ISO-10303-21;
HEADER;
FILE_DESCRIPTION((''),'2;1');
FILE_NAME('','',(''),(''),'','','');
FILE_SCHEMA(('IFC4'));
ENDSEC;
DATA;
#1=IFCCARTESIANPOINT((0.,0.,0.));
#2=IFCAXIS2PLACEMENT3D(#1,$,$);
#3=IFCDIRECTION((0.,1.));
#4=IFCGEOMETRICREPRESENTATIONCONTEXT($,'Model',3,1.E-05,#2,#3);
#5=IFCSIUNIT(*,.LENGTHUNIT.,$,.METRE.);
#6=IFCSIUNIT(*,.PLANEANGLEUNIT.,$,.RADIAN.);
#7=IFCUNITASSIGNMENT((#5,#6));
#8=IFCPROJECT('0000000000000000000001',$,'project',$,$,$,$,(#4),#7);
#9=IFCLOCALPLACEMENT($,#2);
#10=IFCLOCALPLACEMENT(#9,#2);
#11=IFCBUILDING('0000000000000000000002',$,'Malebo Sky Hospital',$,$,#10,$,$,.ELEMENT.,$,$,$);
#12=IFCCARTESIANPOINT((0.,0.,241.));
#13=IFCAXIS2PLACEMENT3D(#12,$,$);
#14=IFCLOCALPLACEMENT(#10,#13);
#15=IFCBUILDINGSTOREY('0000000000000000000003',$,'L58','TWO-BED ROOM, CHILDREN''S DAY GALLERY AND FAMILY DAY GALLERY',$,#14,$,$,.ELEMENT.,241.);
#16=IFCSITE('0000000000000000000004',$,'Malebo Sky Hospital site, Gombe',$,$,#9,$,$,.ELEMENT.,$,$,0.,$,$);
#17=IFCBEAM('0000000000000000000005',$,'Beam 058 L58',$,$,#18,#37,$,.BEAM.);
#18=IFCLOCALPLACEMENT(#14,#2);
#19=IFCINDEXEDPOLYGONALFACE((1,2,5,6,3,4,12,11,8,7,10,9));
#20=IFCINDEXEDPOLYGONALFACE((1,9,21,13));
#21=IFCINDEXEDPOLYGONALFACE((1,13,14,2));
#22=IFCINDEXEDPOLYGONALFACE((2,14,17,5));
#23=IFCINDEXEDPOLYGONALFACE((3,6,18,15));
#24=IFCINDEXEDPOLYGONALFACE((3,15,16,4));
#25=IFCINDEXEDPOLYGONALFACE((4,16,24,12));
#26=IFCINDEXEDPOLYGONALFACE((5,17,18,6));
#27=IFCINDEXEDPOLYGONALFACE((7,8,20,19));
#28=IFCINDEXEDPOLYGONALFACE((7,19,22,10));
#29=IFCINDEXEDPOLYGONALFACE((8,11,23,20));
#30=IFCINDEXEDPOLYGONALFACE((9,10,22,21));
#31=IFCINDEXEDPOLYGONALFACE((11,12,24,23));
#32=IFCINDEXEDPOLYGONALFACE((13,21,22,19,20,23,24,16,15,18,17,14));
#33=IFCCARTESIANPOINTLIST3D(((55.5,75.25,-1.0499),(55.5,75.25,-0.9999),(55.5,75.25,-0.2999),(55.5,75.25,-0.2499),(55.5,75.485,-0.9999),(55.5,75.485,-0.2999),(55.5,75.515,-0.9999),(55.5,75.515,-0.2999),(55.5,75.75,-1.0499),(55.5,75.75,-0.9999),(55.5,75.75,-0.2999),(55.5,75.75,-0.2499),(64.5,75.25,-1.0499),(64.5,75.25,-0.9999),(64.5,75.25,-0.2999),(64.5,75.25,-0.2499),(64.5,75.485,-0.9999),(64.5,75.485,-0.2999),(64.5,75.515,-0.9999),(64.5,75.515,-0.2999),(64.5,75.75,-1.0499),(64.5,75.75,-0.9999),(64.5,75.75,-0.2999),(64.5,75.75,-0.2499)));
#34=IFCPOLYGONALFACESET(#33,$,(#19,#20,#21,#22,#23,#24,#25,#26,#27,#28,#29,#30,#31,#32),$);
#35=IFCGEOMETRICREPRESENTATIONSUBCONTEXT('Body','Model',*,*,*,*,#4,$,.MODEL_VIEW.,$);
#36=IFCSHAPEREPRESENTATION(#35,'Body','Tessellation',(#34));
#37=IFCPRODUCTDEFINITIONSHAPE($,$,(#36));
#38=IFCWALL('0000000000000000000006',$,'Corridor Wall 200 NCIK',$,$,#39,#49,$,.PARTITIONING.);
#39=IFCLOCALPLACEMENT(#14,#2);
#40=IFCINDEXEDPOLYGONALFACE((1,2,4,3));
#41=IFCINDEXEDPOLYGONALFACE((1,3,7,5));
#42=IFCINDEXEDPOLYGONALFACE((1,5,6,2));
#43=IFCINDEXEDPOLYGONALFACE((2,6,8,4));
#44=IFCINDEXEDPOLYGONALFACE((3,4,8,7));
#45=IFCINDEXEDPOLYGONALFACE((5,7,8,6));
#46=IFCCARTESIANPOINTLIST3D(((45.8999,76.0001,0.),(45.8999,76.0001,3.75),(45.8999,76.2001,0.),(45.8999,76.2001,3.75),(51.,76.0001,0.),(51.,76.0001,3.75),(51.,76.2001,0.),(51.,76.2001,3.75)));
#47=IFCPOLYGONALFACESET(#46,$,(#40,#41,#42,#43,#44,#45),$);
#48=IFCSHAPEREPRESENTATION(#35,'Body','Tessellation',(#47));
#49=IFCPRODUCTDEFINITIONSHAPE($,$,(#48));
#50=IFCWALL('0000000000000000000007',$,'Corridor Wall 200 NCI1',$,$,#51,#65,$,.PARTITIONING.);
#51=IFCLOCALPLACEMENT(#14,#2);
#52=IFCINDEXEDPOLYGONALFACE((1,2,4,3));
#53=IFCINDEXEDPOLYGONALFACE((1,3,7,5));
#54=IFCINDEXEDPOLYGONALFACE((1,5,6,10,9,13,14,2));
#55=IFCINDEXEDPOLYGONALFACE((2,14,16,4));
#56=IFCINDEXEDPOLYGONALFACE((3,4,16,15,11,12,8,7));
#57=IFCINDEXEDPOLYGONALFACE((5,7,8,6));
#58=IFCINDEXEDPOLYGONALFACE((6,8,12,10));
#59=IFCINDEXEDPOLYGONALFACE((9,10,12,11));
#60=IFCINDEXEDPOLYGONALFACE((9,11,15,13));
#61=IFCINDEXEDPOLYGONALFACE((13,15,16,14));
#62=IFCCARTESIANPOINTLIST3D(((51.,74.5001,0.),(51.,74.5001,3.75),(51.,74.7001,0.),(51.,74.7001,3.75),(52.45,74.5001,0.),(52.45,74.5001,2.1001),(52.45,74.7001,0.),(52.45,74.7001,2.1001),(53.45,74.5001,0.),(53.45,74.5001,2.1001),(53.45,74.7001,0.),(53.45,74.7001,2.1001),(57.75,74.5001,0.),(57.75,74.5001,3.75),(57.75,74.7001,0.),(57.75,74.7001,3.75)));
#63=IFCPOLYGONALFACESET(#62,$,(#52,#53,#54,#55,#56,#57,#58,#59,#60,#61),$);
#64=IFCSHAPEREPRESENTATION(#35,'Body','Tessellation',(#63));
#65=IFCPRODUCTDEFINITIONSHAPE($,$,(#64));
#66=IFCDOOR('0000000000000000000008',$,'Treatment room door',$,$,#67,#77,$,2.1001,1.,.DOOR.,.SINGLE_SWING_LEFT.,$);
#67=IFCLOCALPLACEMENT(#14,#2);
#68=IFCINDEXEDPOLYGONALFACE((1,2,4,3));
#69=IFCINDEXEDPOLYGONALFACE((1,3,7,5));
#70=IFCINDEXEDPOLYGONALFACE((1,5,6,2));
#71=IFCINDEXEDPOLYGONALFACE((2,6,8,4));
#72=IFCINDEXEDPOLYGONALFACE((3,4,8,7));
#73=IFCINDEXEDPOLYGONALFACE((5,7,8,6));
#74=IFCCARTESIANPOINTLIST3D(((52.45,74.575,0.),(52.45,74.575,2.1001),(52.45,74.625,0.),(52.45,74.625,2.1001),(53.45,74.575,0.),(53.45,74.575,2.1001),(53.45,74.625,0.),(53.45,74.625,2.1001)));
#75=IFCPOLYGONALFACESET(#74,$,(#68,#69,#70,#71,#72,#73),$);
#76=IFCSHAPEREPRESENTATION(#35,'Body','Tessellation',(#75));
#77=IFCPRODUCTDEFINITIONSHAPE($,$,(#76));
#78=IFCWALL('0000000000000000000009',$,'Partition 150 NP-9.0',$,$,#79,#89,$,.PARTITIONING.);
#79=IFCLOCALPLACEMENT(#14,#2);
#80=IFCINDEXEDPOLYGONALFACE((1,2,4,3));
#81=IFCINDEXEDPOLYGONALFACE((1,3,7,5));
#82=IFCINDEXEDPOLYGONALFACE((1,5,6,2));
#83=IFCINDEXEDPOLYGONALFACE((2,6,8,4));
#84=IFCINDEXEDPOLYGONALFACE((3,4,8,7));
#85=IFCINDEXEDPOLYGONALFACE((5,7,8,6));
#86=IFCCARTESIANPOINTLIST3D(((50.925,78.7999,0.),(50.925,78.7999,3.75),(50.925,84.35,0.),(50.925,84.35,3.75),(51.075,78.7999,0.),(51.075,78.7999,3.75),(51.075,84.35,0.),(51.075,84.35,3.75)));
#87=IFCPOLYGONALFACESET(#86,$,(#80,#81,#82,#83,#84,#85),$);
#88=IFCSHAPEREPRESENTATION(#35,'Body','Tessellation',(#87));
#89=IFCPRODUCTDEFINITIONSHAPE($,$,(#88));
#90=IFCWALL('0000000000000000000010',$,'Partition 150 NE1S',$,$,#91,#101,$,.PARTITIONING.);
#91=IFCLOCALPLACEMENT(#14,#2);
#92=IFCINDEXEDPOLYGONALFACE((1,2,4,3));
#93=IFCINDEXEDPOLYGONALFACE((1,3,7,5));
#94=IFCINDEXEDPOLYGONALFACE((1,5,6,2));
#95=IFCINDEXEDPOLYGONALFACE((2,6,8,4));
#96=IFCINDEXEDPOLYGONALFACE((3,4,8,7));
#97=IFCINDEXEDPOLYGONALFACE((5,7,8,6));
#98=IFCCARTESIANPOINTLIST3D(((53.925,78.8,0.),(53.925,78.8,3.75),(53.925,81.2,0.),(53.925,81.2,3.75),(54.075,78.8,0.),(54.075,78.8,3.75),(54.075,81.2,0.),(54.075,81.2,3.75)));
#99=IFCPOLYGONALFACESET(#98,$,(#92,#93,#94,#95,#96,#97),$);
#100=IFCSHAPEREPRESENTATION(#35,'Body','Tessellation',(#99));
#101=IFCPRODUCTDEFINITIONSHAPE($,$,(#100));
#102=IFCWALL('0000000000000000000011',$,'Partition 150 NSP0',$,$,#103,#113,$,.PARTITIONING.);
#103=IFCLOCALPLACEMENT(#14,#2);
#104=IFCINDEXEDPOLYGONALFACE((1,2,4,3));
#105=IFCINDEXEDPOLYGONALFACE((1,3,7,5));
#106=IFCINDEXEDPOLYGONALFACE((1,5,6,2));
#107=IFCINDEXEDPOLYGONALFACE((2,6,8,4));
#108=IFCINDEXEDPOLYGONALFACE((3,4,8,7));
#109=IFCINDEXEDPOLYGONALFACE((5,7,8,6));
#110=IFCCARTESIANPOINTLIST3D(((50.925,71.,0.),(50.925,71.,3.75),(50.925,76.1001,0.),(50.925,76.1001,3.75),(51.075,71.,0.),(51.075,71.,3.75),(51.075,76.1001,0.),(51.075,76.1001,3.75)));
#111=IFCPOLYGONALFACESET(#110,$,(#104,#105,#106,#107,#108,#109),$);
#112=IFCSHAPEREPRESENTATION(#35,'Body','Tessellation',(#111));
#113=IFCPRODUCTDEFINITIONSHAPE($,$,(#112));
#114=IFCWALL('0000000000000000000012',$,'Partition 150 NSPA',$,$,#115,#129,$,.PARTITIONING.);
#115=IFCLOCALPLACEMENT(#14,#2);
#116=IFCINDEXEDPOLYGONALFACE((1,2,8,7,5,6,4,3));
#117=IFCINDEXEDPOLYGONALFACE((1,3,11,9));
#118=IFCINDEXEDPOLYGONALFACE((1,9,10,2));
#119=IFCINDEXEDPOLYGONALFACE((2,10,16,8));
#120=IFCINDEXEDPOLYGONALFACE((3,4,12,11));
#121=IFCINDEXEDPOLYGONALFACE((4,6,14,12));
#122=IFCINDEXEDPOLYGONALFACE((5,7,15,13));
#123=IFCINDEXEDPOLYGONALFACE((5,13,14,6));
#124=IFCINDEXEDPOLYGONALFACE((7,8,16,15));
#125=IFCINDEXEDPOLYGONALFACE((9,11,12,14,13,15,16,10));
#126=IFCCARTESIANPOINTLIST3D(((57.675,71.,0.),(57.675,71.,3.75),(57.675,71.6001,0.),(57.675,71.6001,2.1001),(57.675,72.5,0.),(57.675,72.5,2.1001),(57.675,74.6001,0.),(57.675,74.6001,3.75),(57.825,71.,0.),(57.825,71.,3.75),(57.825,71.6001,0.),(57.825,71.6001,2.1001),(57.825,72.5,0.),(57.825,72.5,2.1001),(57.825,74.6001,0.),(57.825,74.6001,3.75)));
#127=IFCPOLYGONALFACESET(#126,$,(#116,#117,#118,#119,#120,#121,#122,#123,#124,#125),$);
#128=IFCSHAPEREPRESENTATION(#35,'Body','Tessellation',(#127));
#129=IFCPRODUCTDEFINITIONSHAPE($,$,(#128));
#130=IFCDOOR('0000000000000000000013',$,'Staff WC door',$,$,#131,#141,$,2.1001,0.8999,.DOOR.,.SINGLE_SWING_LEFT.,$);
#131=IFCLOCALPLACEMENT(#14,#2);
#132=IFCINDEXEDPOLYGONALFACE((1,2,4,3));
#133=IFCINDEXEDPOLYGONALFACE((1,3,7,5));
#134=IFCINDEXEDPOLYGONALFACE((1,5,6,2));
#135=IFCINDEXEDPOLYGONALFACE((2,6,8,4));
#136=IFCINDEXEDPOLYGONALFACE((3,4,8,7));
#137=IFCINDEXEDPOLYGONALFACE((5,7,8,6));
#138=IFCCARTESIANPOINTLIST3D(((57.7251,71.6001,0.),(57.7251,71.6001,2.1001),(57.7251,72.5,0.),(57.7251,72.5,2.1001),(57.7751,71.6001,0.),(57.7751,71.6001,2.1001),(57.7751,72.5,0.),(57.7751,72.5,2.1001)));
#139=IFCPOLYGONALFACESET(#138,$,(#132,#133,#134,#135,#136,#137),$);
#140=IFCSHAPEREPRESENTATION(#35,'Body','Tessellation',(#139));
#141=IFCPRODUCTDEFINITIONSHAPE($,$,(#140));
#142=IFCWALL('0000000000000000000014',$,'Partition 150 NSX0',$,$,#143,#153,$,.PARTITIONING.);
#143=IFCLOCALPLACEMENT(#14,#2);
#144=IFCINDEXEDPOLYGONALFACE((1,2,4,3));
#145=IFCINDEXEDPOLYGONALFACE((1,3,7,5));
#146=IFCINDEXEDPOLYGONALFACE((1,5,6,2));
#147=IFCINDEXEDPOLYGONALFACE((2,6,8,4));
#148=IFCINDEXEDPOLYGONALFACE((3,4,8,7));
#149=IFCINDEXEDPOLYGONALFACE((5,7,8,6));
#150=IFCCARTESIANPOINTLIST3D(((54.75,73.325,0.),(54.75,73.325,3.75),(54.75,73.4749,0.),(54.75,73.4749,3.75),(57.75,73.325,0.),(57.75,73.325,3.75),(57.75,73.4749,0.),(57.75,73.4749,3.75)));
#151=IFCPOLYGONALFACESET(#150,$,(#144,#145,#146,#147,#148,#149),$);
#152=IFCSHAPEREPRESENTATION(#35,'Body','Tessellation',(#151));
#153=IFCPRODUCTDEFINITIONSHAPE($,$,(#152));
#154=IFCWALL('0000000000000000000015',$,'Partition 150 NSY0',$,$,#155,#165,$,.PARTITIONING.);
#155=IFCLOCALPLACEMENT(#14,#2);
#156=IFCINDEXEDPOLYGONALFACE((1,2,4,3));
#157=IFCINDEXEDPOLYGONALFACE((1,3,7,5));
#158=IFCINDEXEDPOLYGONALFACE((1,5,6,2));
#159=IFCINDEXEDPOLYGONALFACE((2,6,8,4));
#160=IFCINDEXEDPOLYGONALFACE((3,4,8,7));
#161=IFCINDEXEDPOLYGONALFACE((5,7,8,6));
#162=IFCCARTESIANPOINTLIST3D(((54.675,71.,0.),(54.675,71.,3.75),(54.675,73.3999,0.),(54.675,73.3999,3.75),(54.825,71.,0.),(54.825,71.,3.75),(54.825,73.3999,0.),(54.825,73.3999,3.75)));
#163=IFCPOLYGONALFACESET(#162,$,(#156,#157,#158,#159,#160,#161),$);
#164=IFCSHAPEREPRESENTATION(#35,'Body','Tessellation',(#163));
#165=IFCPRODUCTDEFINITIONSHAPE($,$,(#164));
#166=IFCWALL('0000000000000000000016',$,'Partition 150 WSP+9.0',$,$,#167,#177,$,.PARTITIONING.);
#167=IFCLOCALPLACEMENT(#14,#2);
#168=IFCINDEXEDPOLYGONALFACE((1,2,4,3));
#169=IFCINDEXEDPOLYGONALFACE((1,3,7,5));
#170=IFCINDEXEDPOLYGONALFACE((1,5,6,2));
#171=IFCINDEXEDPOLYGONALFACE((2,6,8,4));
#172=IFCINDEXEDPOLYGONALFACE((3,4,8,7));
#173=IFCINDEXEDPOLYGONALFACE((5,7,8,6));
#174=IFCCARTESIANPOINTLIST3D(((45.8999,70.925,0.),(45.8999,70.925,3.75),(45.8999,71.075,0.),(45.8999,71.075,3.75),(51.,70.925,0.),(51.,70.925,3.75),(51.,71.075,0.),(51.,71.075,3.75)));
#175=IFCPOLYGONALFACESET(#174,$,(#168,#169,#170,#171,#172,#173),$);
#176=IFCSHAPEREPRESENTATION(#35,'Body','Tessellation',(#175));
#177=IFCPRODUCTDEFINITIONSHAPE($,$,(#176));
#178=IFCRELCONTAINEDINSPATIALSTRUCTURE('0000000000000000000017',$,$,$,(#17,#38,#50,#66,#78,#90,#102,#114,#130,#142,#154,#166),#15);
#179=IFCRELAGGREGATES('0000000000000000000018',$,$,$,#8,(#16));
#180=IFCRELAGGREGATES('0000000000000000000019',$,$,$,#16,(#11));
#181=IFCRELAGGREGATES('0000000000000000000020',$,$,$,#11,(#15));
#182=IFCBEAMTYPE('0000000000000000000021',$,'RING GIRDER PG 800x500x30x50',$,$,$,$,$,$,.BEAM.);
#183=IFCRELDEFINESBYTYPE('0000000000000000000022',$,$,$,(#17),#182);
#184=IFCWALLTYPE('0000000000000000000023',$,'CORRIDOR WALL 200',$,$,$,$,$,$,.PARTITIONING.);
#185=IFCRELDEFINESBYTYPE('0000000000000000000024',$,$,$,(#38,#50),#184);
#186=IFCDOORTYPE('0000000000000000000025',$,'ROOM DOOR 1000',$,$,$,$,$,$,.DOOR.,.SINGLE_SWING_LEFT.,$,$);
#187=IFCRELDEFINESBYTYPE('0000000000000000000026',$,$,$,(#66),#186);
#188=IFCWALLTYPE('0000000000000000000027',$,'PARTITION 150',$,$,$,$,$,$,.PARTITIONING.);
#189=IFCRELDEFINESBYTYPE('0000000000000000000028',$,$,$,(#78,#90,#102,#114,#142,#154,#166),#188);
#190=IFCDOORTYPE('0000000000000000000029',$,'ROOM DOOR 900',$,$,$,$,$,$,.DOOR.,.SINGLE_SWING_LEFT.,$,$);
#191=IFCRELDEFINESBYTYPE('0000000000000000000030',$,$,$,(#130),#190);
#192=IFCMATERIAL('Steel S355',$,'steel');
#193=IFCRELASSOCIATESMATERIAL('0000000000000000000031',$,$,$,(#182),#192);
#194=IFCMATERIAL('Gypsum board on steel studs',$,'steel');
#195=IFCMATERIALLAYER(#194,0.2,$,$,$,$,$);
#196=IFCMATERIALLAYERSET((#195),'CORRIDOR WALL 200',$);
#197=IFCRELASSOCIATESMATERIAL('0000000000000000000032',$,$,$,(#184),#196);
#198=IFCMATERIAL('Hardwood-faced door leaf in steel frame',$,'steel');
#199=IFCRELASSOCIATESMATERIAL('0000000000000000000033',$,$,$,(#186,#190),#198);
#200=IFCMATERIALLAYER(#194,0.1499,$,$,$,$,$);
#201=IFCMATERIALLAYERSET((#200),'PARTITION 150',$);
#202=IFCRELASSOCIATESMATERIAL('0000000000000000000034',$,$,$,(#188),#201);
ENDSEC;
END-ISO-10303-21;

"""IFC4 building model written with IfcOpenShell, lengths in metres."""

from ifc_helpers import new_model, si_unit, direction, frame, frame_2d, origin, origin_2d, place, context, subcontext, project, spatial, rectangle, i_section, extrude, material, layer, layer_set, material_profile, profile_set, type_object, element, fill, save


model = new_model("IFC4")

# Units and contexts
model_context = context("Model", 3, precision=1e-05, world=origin(), true_north=direction((0.0, 1.0)))
body_context = subcontext(model_context, "Body", "Model", "MODEL_VIEW")
ifc_project = project(units=[si_unit("LENGTHUNIT", "METRE"), si_unit("PLANEANGLEUNIT", "RADIAN")], contexts=[model_context])

# Site, building, storey
site_placement = place(None, origin())
site = spatial("IfcSite", under=ifc_project, at=site_placement, Name="Malebo Sky Hospital site, Gombe", CompositionType="ELEMENT", RefElevation=0.0)
building_placement = place(site_placement, origin())
building = spatial("IfcBuilding", under=site, at=building_placement, Name="Malebo Sky Hospital", CompositionType="ELEMENT")
storey_placement = place(building_placement, frame((0.0, 0.0, 241.0)))
storey = spatial("IfcBuildingStorey", under=building, at=storey_placement, Name="L58", Description="TWO-BED ROOM, CHILDREN'S DAY GALLERY AND FAMILY DAY GALLERY", CompositionType="ELEMENT", Elevation=241.0)

# Beam
ifc_material_1 = material(Name="Steel S355", Category="steel")
ifc_material_profile_1 = material_profile(ifc_material_1, i_section(OverallWidth=0.5, OverallDepth=0.8, WebThickness=0.03, FlangeThickness=0.05, at=origin_2d()), Name="PG 800x500x30x50")
ifc_profile_set_1 = profile_set([ifc_material_profile_1], Name="Steel S355")
beam_type_1 = type_object("IfcBeamType", Name="RING GIRDER PG 800x500x30x50", PredefinedType="BEAM", material=ifc_profile_set_1)
beam_1_placement = place(storey_placement, frame((55.5, 75.5, -0.6499), z_axis=(1.0, 0.0, 0.0), x_axis=(0.0, 1.0, 0.0)))
element("IfcBeam", 1, at=beam_1_placement, inside=storey, type_object=beam_type_1, Name="Beam 058 L58", PredefinedType="BEAM", context=body_context, shape_type="SweptSolid", body=[
    extrude(i_section(OverallWidth=0.5, OverallDepth=0.8, WebThickness=0.03, FlangeThickness=0.05, at=origin_2d()), origin(), (0.0, 0.0, 1.0), 9.0),
])

# Wall
ifc_material_2 = material(Name="Gypsum board on steel studs", Category="steel")
ifc_layer_1 = layer(ifc_material_2, 0.2)
ifc_layer_set_1 = layer_set([ifc_layer_1], Name="CORRIDOR WALL 200")
wall_type_1 = type_object("IfcWallType", Name="CORRIDOR WALL 200", PredefinedType="PARTITIONING", material=ifc_layer_set_1)
wall_1_placement = place(storey_placement, frame((45.8999, 76.1001, 0.0), z_axis=(0.0, 0.0, 1.0), x_axis=(1.0, 0.0, 0.0)))
element("IfcWall", 2, at=wall_1_placement, inside=storey, type_object=wall_type_1, Name="Corridor Wall 200 NCIK", PredefinedType="PARTITIONING", context=body_context, shape_type="SweptSolid", body=[
    extrude(rectangle(XDim=5.1001, YDim=0.2, at=frame_2d((2.55, 0.0))), origin(), (0.0, 0.0, 1.0), 3.75),
])

# Wall, opening, door
wall_2_placement = place(storey_placement, frame((51.0, 74.6001, 0.0), z_axis=(0.0, 0.0, 1.0), x_axis=(1.0, 0.0, 0.0)))
wall_2 = element("IfcWall", 3, at=wall_2_placement, inside=storey, type_object=wall_type_1, Name="Corridor Wall 200 NCI1", PredefinedType="PARTITIONING", context=body_context, shape_type="SweptSolid", body=[
    extrude(rectangle(XDim=6.75, YDim=0.2, at=frame_2d((3.375, 0.0))), origin(), (0.0, 0.0, 1.0), 3.75),
])
opening_1_placement = place(wall_2_placement, frame((1.45, 0.0, 0.0)))
opening_1 = element("IfcOpeningElement", 4, at=opening_1_placement, cuts=wall_2, PredefinedType="OPENING", context=body_context, shape_type="SweptSolid", body=[
    extrude(rectangle(XDim=1.0, YDim=2.1001, at=frame_2d((0.5, 1.05))), frame((0.0, 0.1099, 0.0), z_axis=(0.0, -1.0, 0.0), x_axis=(1.0, 0.0, 0.0)), (0.0, 0.0, 1.0), 0.22),
])
ifc_material_3 = material(Name="Hardwood-faced door leaf in steel frame", Category="steel")
door_type_1 = type_object("IfcDoorType", Name="ROOM DOOR 1000", OperationType="SINGLE_SWING_LEFT", PredefinedType="DOOR", material=ifc_material_3)
door_1_placement = place(opening_1_placement, origin())
door_1 = element("IfcDoor", 5, at=door_1_placement, inside=storey, type_object=door_type_1, Name="Treatment room door", OperationType="SINGLE_SWING_LEFT", OverallHeight=2.1001, OverallWidth=1.0, PredefinedType="DOOR", context=body_context, shape_type="SweptSolid", body=[
    extrude(rectangle(XDim=1.0, YDim=2.1001, at=frame_2d((0.5, 1.05))), frame((0.0, 0.0249, 0.0), z_axis=(0.0, -1.0, 0.0), x_axis=(1.0, 0.0, 0.0)), (0.0, 0.0, 1.0), 0.05),
])
fill(opening_1, door_1)

# Walls
ifc_layer_2 = layer(ifc_material_2, 0.1499)
ifc_layer_set_2 = layer_set([ifc_layer_2], Name="PARTITION 150")
wall_type_2 = type_object("IfcWallType", Name="PARTITION 150", PredefinedType="PARTITIONING", material=ifc_layer_set_2)
wall_3_placement = place(storey_placement, frame((51.0, 78.8, 0.0), z_axis=(0.0, 0.0, 1.0), x_axis=(0.0, 1.0, 0.0)))
element("IfcWall", 6, at=wall_3_placement, inside=storey, type_object=wall_type_2, Name="Partition 150 NP-9.0", PredefinedType="PARTITIONING", context=body_context, shape_type="SweptSolid", body=[
    extrude(rectangle(XDim=5.55, YDim=0.1499, at=frame_2d((2.7749, 0.0))), origin(), (0.0, 0.0, 1.0), 3.75),
])
wall_4_placement = place(storey_placement, frame((54.0, 78.8, 0.0), z_axis=(0.0, 0.0, 1.0), x_axis=(0.0, 1.0, 0.0)))
element("IfcWall", 7, at=wall_4_placement, inside=storey, type_object=wall_type_2, Name="Partition 150 NE1S", PredefinedType="PARTITIONING", context=body_context, shape_type="SweptSolid", body=[
    extrude(rectangle(XDim=2.3999, YDim=0.1499, at=frame_2d((1.2, 0.0))), origin(), (0.0, 0.0, 1.0), 3.75),
])
wall_5_placement = place(storey_placement, frame((51.0, 71.0, 0.0), z_axis=(0.0, 0.0, 1.0), x_axis=(0.0, 1.0, 0.0)))
element("IfcWall", 8, at=wall_5_placement, inside=storey, type_object=wall_type_2, Name="Partition 150 NSP0", PredefinedType="PARTITIONING", context=body_context, shape_type="SweptSolid", body=[
    extrude(rectangle(XDim=5.1001, YDim=0.1499, at=frame_2d((2.55, 0.0))), origin(), (0.0, 0.0, 1.0), 3.75),
])

# Wall, opening, door
wall_6_placement = place(storey_placement, frame((57.75, 71.0, 0.0), z_axis=(0.0, 0.0, 1.0), x_axis=(0.0, 1.0, 0.0)))
wall_6 = element("IfcWall", 9, at=wall_6_placement, inside=storey, type_object=wall_type_2, Name="Partition 150 NSPA", PredefinedType="PARTITIONING", context=body_context, shape_type="SweptSolid", body=[
    extrude(rectangle(XDim=3.6001, YDim=0.1499, at=frame_2d((1.8, 0.0))), origin(), (0.0, 0.0, 1.0), 3.75),
])
opening_2_placement = place(wall_6_placement, frame((0.6001, 0.0, 0.0)))
opening_2 = element("IfcOpeningElement", 10, at=opening_2_placement, cuts=wall_6, PredefinedType="OPENING", context=body_context, shape_type="SweptSolid", body=[
    extrude(rectangle(XDim=0.8999, YDim=2.1001, at=frame_2d((0.45, 1.05))), frame((0.0, 0.085, 0.0), z_axis=(0.0, -1.0, 0.0), x_axis=(1.0, 0.0, 0.0)), (0.0, 0.0, 1.0), 0.1699),
])
door_type_2 = type_object("IfcDoorType", Name="ROOM DOOR 900", OperationType="SINGLE_SWING_LEFT", PredefinedType="DOOR", material=ifc_material_3)
door_2_placement = place(opening_2_placement, origin())
door_2 = element("IfcDoor", 11, at=door_2_placement, inside=storey, type_object=door_type_2, Name="Staff WC door", OperationType="SINGLE_SWING_LEFT", OverallHeight=2.1001, OverallWidth=0.8999, PredefinedType="DOOR", context=body_context, shape_type="SweptSolid", body=[
    extrude(rectangle(XDim=0.8999, YDim=2.1001, at=frame_2d((0.45, 1.05))), frame((0.0, 0.0249, 0.0), z_axis=(0.0, -1.0, 0.0), x_axis=(1.0, 0.0, 0.0)), (0.0, 0.0, 1.0), 0.05),
])
fill(opening_2, door_2)

# Walls
wall_7_placement = place(storey_placement, frame((54.75, 73.3999, 0.0), z_axis=(0.0, 0.0, 1.0), x_axis=(1.0, 0.0, 0.0)))
element("IfcWall", 12, at=wall_7_placement, inside=storey, type_object=wall_type_2, Name="Partition 150 NSX0", PredefinedType="PARTITIONING", context=body_context, shape_type="SweptSolid", body=[
    extrude(rectangle(XDim=3.0, YDim=0.1499, at=frame_2d((1.5, 0.0))), origin(), (0.0, 0.0, 1.0), 3.75),
])
wall_8_placement = place(storey_placement, frame((54.75, 71.0, 0.0), z_axis=(0.0, 0.0, 1.0), x_axis=(0.0, 1.0, 0.0)))
element("IfcWall", 13, at=wall_8_placement, inside=storey, type_object=wall_type_2, Name="Partition 150 NSY0", PredefinedType="PARTITIONING", context=body_context, shape_type="SweptSolid", body=[
    extrude(rectangle(XDim=2.3999, YDim=0.1499, at=frame_2d((1.2, 0.0))), origin(), (0.0, 0.0, 1.0), 3.75),
])
wall_9_placement = place(storey_placement, frame((51.0, 71.0, 0.0), z_axis=(0.0, 0.0, 1.0), x_axis=(-1.0, 0.0, 0.0)))
element("IfcWall", 14, at=wall_9_placement, inside=storey, type_object=wall_type_2, Name="Partition 150 WSP+9.0", PredefinedType="PARTITIONING", context=body_context, shape_type="SweptSolid", body=[
    extrude(rectangle(XDim=5.1001, YDim=0.1499, at=frame_2d((2.55, 0.0))), origin(), (0.0, 0.0, 1.0), 3.75),
])

save(model, "model.ifc")
